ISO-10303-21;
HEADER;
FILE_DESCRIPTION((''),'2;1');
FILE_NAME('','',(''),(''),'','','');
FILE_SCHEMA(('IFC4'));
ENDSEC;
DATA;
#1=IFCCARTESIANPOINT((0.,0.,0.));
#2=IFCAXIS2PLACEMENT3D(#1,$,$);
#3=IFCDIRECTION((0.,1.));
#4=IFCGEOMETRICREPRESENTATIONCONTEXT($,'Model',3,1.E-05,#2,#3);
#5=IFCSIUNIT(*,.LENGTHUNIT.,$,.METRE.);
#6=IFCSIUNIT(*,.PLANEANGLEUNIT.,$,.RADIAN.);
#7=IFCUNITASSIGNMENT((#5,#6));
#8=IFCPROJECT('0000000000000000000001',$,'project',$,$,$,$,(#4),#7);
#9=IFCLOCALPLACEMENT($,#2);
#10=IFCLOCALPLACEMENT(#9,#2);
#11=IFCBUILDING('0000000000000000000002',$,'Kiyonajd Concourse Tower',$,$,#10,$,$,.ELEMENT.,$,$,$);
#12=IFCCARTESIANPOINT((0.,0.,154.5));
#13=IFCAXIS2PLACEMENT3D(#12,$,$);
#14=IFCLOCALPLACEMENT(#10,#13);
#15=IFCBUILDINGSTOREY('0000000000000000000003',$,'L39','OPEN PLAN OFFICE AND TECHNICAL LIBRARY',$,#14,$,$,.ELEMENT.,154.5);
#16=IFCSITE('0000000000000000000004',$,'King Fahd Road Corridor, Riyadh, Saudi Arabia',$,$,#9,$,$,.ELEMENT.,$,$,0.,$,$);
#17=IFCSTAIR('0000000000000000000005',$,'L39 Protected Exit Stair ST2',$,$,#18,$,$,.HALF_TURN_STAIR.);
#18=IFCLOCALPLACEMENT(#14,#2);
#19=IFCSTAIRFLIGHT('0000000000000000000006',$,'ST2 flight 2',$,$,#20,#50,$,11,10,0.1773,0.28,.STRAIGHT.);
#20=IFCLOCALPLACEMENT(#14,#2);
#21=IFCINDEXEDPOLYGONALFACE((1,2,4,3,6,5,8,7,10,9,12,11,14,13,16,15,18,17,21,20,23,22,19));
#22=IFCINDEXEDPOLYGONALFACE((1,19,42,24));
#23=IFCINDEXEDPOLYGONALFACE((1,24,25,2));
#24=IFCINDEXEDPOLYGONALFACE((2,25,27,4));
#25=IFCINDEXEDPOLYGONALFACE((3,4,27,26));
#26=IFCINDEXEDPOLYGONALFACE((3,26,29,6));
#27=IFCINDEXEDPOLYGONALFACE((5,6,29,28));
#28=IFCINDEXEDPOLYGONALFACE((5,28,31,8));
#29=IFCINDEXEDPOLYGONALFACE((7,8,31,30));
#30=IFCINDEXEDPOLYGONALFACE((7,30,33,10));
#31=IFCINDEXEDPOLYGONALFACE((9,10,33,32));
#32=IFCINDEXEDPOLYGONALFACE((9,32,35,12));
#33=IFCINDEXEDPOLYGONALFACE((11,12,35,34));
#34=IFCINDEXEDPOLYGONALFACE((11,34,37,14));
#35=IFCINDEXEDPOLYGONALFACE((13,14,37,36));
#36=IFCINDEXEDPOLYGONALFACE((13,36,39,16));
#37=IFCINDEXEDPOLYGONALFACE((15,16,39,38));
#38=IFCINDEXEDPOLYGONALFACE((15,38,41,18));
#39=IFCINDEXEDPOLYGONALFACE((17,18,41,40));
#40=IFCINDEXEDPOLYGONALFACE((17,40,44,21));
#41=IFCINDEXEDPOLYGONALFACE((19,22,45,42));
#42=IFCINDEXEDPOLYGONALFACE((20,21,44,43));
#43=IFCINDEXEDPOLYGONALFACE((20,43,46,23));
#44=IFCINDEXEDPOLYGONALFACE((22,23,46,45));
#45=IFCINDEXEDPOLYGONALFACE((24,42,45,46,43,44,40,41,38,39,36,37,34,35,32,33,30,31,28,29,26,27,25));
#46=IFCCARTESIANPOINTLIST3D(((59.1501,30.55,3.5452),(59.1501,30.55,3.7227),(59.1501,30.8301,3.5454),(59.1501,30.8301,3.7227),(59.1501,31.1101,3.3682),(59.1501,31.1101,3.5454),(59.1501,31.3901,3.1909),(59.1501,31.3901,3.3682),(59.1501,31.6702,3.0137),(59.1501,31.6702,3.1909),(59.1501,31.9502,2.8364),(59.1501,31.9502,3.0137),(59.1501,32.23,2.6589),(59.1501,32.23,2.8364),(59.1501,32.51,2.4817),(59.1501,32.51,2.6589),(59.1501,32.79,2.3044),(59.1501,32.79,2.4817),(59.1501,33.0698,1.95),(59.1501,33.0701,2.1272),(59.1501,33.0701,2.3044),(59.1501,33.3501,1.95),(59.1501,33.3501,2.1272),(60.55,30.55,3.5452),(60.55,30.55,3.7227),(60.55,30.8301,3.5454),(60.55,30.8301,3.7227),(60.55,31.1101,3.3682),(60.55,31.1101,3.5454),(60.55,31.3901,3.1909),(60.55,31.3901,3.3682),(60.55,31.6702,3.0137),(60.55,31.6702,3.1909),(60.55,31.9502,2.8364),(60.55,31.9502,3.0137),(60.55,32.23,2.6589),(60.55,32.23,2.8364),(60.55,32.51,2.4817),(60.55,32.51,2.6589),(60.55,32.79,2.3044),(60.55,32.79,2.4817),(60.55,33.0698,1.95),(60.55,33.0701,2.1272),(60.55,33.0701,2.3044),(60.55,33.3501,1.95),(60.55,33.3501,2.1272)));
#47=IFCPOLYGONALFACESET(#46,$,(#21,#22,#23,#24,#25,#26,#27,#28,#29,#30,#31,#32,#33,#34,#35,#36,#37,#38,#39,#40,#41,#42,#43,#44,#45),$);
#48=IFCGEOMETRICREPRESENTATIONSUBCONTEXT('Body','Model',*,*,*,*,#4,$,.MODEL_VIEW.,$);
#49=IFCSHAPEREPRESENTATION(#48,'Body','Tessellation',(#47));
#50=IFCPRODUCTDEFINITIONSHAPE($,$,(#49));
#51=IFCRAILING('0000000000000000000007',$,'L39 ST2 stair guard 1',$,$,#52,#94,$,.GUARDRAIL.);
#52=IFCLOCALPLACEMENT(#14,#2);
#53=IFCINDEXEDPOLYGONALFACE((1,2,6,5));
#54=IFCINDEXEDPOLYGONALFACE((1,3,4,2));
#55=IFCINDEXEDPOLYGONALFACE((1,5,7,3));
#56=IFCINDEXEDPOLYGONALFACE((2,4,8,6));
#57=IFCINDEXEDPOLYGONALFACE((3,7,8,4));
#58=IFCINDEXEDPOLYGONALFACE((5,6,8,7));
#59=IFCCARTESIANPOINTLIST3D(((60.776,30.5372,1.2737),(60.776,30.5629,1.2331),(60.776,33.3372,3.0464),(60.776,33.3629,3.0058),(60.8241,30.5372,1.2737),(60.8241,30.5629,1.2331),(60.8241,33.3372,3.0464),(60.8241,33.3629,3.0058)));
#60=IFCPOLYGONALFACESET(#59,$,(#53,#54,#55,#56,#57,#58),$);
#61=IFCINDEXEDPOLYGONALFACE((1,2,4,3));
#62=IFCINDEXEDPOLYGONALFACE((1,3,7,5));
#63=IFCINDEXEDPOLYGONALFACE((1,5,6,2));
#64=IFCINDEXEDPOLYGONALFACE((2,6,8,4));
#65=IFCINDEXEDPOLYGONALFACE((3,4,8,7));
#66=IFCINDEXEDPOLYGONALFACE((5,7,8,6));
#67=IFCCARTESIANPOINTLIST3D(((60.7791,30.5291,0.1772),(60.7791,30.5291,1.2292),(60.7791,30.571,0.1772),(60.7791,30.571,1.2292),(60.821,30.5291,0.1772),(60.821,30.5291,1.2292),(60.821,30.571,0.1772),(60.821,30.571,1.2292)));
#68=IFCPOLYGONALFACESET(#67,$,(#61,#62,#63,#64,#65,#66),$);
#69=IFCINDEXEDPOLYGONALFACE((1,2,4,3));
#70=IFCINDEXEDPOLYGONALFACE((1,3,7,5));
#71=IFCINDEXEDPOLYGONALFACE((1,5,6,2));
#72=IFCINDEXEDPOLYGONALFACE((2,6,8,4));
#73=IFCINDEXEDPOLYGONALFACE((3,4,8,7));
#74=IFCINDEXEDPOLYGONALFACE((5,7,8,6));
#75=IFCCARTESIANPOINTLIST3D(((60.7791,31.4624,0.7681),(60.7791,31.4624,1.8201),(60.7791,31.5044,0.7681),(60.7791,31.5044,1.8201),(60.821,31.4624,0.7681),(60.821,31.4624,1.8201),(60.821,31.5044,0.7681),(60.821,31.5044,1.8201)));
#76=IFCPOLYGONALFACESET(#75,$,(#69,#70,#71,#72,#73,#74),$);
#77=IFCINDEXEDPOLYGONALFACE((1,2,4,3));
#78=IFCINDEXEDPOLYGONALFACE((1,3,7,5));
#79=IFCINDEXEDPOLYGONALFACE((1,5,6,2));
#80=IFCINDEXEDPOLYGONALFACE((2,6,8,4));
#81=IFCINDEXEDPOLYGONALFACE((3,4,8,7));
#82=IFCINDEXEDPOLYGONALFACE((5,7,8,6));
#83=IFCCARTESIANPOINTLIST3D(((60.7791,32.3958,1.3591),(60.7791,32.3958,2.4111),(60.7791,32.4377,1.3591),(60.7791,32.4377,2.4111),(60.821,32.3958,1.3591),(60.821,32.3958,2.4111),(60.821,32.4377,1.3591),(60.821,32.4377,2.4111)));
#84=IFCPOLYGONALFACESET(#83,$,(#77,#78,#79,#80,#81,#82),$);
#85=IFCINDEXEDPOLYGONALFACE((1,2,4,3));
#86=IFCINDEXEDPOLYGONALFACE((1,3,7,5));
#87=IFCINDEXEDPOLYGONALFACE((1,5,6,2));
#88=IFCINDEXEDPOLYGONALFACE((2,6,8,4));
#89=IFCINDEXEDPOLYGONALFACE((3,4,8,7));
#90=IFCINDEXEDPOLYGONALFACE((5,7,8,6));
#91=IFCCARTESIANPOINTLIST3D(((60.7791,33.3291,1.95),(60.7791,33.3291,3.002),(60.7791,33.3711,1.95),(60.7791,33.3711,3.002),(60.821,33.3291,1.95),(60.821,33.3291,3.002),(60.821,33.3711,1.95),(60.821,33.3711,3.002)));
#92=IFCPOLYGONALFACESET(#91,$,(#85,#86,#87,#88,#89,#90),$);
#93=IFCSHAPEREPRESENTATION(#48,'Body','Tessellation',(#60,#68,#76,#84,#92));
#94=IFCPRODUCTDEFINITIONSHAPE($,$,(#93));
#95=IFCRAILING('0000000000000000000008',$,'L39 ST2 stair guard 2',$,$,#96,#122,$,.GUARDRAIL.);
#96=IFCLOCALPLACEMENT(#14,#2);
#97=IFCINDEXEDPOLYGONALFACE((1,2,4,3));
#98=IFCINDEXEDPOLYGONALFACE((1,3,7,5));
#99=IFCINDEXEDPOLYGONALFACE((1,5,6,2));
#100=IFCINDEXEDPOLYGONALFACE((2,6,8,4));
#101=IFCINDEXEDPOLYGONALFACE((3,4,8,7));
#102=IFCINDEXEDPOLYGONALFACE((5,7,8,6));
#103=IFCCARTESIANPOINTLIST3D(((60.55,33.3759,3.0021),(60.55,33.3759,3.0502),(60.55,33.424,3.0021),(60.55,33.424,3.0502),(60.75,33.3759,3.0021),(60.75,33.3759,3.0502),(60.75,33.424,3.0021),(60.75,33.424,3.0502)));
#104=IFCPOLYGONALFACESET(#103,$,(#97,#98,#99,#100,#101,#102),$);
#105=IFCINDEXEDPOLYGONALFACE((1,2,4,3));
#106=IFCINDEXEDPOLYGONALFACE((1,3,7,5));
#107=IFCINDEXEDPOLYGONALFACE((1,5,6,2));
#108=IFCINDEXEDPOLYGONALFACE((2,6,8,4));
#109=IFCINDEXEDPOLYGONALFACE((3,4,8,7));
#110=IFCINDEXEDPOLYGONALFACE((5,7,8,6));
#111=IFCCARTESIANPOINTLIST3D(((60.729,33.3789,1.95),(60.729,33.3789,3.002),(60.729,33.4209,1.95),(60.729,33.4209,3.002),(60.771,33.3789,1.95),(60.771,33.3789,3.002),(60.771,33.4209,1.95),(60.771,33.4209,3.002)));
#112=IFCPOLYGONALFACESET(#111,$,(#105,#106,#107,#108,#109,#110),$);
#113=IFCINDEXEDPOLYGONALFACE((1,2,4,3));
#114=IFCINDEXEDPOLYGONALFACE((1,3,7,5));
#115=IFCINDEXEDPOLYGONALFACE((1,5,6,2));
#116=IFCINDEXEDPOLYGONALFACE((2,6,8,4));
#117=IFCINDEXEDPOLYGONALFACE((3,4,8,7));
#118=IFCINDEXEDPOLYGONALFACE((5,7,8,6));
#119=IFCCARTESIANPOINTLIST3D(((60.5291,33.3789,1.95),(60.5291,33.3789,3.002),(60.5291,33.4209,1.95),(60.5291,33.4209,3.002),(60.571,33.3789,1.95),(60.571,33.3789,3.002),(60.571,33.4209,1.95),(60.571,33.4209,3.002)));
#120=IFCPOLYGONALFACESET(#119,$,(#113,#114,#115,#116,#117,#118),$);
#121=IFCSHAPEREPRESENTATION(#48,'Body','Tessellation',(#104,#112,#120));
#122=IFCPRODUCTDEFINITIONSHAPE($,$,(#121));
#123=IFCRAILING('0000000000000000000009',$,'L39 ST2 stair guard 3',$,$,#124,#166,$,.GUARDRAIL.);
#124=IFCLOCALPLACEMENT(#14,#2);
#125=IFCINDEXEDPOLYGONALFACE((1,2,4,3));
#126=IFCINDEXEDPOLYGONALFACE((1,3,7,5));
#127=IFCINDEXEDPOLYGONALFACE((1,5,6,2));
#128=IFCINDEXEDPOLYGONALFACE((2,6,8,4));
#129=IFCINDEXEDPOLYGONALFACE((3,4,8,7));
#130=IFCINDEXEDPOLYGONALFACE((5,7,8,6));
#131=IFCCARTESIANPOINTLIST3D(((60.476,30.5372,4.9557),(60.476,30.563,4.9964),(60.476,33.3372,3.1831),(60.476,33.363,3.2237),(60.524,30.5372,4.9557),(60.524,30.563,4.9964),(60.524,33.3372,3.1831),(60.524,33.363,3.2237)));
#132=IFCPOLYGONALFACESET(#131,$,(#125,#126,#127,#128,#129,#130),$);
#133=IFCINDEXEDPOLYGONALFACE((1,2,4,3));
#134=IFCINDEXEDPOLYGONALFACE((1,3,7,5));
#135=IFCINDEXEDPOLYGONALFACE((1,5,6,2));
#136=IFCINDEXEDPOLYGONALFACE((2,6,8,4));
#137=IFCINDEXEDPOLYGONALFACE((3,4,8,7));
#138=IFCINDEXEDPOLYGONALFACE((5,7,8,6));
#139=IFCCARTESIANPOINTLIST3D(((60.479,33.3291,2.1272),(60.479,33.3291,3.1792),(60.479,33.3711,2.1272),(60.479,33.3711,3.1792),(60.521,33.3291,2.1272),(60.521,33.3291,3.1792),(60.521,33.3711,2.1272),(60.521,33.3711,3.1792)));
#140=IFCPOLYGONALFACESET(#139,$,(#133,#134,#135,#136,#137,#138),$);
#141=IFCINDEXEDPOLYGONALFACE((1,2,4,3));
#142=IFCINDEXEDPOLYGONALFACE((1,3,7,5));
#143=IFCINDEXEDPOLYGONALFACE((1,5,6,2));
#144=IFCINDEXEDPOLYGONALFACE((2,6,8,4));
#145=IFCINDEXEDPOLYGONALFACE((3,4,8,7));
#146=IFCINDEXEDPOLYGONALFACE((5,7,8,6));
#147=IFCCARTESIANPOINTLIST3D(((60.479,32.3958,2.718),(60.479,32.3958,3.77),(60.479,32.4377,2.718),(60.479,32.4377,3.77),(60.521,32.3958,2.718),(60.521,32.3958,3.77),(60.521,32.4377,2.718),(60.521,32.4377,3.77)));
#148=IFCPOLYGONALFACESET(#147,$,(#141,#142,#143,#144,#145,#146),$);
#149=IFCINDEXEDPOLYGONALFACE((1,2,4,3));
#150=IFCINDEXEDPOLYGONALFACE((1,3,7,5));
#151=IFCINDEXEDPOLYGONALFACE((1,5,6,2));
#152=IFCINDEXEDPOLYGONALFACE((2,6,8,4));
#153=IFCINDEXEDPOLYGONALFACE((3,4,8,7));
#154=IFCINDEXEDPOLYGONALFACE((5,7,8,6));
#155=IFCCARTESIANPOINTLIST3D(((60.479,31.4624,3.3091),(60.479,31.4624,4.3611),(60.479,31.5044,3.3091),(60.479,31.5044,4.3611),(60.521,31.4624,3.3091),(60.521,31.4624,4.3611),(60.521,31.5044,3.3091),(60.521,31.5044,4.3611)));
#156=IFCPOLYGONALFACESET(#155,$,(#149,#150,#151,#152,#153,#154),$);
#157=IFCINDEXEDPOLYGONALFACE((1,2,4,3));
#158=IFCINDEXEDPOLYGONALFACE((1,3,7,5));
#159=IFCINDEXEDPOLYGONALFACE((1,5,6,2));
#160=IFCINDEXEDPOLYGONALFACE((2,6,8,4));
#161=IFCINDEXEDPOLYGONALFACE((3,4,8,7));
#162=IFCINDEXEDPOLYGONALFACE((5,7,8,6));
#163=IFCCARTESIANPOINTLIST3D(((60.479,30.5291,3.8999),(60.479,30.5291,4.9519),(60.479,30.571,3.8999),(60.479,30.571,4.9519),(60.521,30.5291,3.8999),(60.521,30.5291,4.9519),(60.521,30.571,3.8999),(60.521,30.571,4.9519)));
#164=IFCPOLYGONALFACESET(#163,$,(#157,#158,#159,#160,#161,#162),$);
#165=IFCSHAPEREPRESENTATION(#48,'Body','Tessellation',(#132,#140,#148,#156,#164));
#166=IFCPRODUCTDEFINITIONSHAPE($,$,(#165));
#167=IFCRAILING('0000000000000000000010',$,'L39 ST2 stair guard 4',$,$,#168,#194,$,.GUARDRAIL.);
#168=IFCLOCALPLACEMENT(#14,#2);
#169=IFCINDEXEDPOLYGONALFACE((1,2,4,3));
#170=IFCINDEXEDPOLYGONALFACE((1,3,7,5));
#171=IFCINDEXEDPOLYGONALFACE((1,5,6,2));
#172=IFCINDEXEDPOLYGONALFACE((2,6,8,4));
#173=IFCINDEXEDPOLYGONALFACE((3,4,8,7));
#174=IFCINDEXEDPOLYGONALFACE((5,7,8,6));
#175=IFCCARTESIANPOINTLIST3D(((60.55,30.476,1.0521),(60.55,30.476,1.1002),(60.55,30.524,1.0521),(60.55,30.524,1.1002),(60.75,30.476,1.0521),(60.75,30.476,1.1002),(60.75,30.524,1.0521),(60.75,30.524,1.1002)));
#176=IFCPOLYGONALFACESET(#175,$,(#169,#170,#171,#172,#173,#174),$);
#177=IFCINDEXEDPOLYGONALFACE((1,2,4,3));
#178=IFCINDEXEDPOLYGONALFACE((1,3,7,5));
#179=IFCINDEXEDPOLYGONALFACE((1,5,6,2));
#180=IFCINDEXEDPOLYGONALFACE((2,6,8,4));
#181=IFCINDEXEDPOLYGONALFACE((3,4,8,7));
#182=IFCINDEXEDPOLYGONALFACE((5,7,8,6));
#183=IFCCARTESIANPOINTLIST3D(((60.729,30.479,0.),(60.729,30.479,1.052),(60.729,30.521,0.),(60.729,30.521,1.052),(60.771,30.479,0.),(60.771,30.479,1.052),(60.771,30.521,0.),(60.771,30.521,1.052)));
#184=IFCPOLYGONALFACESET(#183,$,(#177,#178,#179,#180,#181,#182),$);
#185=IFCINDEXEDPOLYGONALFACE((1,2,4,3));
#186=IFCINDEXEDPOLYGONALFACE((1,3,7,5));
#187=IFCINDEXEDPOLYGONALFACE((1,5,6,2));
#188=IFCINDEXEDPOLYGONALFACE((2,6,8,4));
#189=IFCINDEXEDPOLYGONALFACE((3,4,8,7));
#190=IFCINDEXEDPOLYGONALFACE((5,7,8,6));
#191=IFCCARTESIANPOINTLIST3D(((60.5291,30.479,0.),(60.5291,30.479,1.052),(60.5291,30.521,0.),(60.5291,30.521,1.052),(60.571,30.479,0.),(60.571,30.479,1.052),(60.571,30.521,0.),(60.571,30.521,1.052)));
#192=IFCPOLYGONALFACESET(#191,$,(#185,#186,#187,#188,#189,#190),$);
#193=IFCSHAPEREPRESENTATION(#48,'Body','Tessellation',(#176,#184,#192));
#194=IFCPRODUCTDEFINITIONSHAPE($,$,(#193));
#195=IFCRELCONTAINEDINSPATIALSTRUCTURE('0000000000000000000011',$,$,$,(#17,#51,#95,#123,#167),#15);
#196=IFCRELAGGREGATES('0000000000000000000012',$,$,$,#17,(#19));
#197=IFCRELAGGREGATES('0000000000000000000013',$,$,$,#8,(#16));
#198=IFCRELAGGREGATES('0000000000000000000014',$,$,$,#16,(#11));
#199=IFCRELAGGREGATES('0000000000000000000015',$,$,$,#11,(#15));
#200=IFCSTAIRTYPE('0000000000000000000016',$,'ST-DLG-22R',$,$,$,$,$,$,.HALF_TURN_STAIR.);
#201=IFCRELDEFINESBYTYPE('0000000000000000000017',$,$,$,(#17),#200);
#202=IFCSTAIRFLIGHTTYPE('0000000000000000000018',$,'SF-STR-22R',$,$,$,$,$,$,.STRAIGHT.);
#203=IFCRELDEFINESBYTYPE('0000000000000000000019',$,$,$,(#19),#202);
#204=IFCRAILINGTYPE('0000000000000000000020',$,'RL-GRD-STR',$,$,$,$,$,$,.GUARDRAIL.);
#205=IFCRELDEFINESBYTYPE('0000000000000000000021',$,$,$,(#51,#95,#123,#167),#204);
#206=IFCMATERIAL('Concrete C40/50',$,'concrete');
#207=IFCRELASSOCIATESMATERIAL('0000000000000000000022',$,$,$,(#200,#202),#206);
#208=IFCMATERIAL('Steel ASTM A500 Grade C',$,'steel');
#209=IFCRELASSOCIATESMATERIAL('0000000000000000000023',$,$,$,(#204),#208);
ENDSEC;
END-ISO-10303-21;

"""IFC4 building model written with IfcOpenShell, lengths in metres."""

from ifc_helpers import new_model, si_unit, direction, frame, origin, origin_2d, place, context, subcontext, project, spatial, polyline, rectangle, outline, extrude, material, type_object, element, aggregate, save


model = new_model("IFC4")

# Units and contexts
model_context = context("Model", 3, precision=1e-05, world=origin(), true_north=direction((0.0, 1.0)))
body_context = subcontext(model_context, "Body", "Model", "MODEL_VIEW")
ifc_project = project(units=[si_unit("LENGTHUNIT", "METRE"), si_unit("PLANEANGLEUNIT", "RADIAN")], contexts=[model_context])

# Site, building, storey
site_placement = place(None, origin())
site = spatial("IfcSite", under=ifc_project, at=site_placement, Name="King Fahd Road Corridor, Riyadh, Saudi Arabia", CompositionType="ELEMENT", RefElevation=0.0)
building_placement = place(site_placement, origin())
building = spatial("IfcBuilding", under=site, at=building_placement, Name="Kiyonajd Concourse Tower", CompositionType="ELEMENT")
storey_placement = place(building_placement, frame((0.0, 0.0, 154.5)))
storey = spatial("IfcBuildingStorey", under=building, at=storey_placement, Name="L39", Description="OPEN PLAN OFFICE AND TECHNICAL LIBRARY", CompositionType="ELEMENT", Elevation=154.5)

# Stair, stair flight
ifc_material_1 = material(Name="Concrete C40/50", Category="concrete")
stair_type = type_object("IfcStairType", Name="ST-DLG-22R", PredefinedType="HALF_TURN_STAIR", material=ifc_material_1)
stair_placement = place(storey_placement, origin())
stair = element("IfcStair", 1, at=stair_placement, inside=storey, type_object=stair_type, Name="L39 Protected Exit Stair ST2", PredefinedType="HALF_TURN_STAIR")
stair_flight_type = type_object("IfcStairFlightType", Name="SF-STR-22R", PredefinedType="STRAIGHT", material=ifc_material_1)
stair_flight_1_placement = place(storey_placement, frame((59.8501, 33.3501, 1.95), z_axis=(0.0, 0.0, 1.0), x_axis=(0.0, -1.0, 0.0)))
stair_flight_1 = element("IfcStairFlight", 2, at=stair_flight_1_placement, type_object=stair_flight_type, Name="ST2 flight 2", NumberOfRisers=11, NumberOfTreads=10, PredefinedType="STRAIGHT", RiserHeight=0.1773, TreadLength=0.28, context=body_context, shape_type="SweptSolid", body=[
    extrude(outline(polyline([(0.0, 0.0), (0.0, 0.1772), (0.28, 0.1772), (0.28, 0.3545), (0.5601, 0.3545), (0.5601, 0.5317), (0.8401, 0.5317), (0.8401, 0.709), (1.1201, 0.709), (1.1201, 0.8865), (1.3999, 0.8865), (1.3999, 1.0637), (1.6799, 1.0637), (1.6799, 1.241), (1.96, 1.241), (1.96, 1.4182), (2.24, 1.4182), (2.24, 1.5955), (2.52, 1.5955), (2.52, 1.7727), (2.8, 1.7727), (2.8, 1.95), (2.8, 1.5952), (0.2803, 0.0), (0.0, 0.0)])), frame((0.0, 0.7, 0.0), z_axis=(0.0, -1.0, 0.0), x_axis=(1.0, 0.0, 0.0)), (0.0, 0.0, 1.0), 1.3999),
])
aggregate(stair, [stair_flight_1])

# Railings
ifc_material_2 = material(Name="Steel ASTM A500 Grade C", Category="steel")
railing_type_1 = type_object("IfcRailingType", Name="RL-GRD-STR", PredefinedType="GUARDRAIL", material=ifc_material_2)
railing_1_placement = place(storey_placement, frame((60.8, 30.55, 0.1772)))
element("IfcRailing", 3, at=railing_1_placement, inside=storey, type_object=railing_type_1, Name="L39 ST2 stair guard 1", PredefinedType="GUARDRAIL", context=body_context, shape_type="SweptSolid", body=[
    extrude(rectangle(XDim=0.0481, YDim=0.0481, at=origin_2d()), frame((0.0, 0.0, 1.0762), z_axis=(0.0, 0.844909, 0.53491), x_axis=(-1.0, 0.0, 0.0)), (0.0, 0.0, 1.0), 3.314),
    extrude(rectangle(XDim=0.042, YDim=0.042, at=origin_2d()), origin(), (0.0, 0.0, 1.0), 1.052),
    extrude(rectangle(XDim=0.042, YDim=0.042, at=origin_2d()), frame((0.0, 0.9333, 0.5908)), (0.0, 0.0, 1.0), 1.052),
    extrude(rectangle(XDim=0.042, YDim=0.042, at=origin_2d()), frame((0.0, 1.8667, 1.1819)), (0.0, 0.0, 1.0), 1.052),
    extrude(rectangle(XDim=0.042, YDim=0.042, at=origin_2d()), frame((0.0, 2.8, 1.7727)), (0.0, 0.0, 1.0), 1.052),
])
railing_2_placement = place(storey_placement, frame((60.75, 33.3999, 1.95)))
element("IfcRailing", 4, at=railing_2_placement, inside=storey, type_object=railing_type_1, Name="L39 ST2 stair guard 2", PredefinedType="GUARDRAIL", context=body_context, shape_type="SweptSolid", body=[
    extrude(rectangle(XDim=0.0481, YDim=0.0481, at=origin_2d()), frame((0.0, 0.0, 1.0762), z_axis=(-1.0, 0.0, 0.0), x_axis=(0.0, -1.0, 0.0)), (0.0, 0.0, 1.0), 0.2),
    extrude(rectangle(XDim=0.042, YDim=0.042, at=origin_2d()), origin(), (0.0, 0.0, 1.0), 1.052),
    extrude(rectangle(XDim=0.042, YDim=0.042, at=origin_2d()), frame((-0.2, 0.0, 0.0)), (0.0, 0.0, 1.0), 1.052),
])
railing_3_placement = place(storey_placement, frame((60.5, 33.3501, 2.1272)))
element("IfcRailing", 5, at=railing_3_placement, inside=storey, type_object=railing_type_1, Name="L39 ST2 stair guard 3", PredefinedType="GUARDRAIL", context=body_context, shape_type="SweptSolid", body=[
    extrude(rectangle(XDim=0.0481, YDim=0.0481, at=origin_2d()), frame((0.0, 0.0, 1.0762), z_axis=(0.0, -0.844909, 0.53491), x_axis=(1.0, 0.0, 0.0)), (0.0, 0.0, 1.0), 3.314),
    extrude(rectangle(XDim=0.042, YDim=0.042, at=origin_2d()), origin(), (0.0, 0.0, 1.0), 1.052),
    extrude(rectangle(XDim=0.042, YDim=0.042, at=origin_2d()), frame((0.0, -0.9333, 0.5908)), (0.0, 0.0, 1.0), 1.052),
    extrude(rectangle(XDim=0.042, YDim=0.042, at=origin_2d()), frame((0.0, -1.8667, 1.1819)), (0.0, 0.0, 1.0), 1.052),
    extrude(rectangle(XDim=0.042, YDim=0.042, at=origin_2d()), frame((0.0, -2.8, 1.7727)), (0.0, 0.0, 1.0), 1.052),
])
railing_4_placement = place(storey_placement, frame((60.75, 30.5, 0.0)))
element("IfcRailing", 6, at=railing_4_placement, inside=storey, type_object=railing_type_1, Name="L39 ST2 stair guard 4", PredefinedType="GUARDRAIL", context=body_context, shape_type="SweptSolid", body=[
    extrude(rectangle(XDim=0.0481, YDim=0.0481, at=origin_2d()), frame((0.0, 0.0, 1.0762), z_axis=(-1.0, 0.0, 0.0), x_axis=(0.0, -1.0, 0.0)), (0.0, 0.0, 1.0), 0.2),
    extrude(rectangle(XDim=0.042, YDim=0.042, at=origin_2d()), origin(), (0.0, 0.0, 1.0), 1.052),
    extrude(rectangle(XDim=0.042, YDim=0.042, at=origin_2d()), frame((-0.2, 0.0, 0.0)), (0.0, 0.0, 1.0), 1.052),
])

save(model, "model.ifc")
